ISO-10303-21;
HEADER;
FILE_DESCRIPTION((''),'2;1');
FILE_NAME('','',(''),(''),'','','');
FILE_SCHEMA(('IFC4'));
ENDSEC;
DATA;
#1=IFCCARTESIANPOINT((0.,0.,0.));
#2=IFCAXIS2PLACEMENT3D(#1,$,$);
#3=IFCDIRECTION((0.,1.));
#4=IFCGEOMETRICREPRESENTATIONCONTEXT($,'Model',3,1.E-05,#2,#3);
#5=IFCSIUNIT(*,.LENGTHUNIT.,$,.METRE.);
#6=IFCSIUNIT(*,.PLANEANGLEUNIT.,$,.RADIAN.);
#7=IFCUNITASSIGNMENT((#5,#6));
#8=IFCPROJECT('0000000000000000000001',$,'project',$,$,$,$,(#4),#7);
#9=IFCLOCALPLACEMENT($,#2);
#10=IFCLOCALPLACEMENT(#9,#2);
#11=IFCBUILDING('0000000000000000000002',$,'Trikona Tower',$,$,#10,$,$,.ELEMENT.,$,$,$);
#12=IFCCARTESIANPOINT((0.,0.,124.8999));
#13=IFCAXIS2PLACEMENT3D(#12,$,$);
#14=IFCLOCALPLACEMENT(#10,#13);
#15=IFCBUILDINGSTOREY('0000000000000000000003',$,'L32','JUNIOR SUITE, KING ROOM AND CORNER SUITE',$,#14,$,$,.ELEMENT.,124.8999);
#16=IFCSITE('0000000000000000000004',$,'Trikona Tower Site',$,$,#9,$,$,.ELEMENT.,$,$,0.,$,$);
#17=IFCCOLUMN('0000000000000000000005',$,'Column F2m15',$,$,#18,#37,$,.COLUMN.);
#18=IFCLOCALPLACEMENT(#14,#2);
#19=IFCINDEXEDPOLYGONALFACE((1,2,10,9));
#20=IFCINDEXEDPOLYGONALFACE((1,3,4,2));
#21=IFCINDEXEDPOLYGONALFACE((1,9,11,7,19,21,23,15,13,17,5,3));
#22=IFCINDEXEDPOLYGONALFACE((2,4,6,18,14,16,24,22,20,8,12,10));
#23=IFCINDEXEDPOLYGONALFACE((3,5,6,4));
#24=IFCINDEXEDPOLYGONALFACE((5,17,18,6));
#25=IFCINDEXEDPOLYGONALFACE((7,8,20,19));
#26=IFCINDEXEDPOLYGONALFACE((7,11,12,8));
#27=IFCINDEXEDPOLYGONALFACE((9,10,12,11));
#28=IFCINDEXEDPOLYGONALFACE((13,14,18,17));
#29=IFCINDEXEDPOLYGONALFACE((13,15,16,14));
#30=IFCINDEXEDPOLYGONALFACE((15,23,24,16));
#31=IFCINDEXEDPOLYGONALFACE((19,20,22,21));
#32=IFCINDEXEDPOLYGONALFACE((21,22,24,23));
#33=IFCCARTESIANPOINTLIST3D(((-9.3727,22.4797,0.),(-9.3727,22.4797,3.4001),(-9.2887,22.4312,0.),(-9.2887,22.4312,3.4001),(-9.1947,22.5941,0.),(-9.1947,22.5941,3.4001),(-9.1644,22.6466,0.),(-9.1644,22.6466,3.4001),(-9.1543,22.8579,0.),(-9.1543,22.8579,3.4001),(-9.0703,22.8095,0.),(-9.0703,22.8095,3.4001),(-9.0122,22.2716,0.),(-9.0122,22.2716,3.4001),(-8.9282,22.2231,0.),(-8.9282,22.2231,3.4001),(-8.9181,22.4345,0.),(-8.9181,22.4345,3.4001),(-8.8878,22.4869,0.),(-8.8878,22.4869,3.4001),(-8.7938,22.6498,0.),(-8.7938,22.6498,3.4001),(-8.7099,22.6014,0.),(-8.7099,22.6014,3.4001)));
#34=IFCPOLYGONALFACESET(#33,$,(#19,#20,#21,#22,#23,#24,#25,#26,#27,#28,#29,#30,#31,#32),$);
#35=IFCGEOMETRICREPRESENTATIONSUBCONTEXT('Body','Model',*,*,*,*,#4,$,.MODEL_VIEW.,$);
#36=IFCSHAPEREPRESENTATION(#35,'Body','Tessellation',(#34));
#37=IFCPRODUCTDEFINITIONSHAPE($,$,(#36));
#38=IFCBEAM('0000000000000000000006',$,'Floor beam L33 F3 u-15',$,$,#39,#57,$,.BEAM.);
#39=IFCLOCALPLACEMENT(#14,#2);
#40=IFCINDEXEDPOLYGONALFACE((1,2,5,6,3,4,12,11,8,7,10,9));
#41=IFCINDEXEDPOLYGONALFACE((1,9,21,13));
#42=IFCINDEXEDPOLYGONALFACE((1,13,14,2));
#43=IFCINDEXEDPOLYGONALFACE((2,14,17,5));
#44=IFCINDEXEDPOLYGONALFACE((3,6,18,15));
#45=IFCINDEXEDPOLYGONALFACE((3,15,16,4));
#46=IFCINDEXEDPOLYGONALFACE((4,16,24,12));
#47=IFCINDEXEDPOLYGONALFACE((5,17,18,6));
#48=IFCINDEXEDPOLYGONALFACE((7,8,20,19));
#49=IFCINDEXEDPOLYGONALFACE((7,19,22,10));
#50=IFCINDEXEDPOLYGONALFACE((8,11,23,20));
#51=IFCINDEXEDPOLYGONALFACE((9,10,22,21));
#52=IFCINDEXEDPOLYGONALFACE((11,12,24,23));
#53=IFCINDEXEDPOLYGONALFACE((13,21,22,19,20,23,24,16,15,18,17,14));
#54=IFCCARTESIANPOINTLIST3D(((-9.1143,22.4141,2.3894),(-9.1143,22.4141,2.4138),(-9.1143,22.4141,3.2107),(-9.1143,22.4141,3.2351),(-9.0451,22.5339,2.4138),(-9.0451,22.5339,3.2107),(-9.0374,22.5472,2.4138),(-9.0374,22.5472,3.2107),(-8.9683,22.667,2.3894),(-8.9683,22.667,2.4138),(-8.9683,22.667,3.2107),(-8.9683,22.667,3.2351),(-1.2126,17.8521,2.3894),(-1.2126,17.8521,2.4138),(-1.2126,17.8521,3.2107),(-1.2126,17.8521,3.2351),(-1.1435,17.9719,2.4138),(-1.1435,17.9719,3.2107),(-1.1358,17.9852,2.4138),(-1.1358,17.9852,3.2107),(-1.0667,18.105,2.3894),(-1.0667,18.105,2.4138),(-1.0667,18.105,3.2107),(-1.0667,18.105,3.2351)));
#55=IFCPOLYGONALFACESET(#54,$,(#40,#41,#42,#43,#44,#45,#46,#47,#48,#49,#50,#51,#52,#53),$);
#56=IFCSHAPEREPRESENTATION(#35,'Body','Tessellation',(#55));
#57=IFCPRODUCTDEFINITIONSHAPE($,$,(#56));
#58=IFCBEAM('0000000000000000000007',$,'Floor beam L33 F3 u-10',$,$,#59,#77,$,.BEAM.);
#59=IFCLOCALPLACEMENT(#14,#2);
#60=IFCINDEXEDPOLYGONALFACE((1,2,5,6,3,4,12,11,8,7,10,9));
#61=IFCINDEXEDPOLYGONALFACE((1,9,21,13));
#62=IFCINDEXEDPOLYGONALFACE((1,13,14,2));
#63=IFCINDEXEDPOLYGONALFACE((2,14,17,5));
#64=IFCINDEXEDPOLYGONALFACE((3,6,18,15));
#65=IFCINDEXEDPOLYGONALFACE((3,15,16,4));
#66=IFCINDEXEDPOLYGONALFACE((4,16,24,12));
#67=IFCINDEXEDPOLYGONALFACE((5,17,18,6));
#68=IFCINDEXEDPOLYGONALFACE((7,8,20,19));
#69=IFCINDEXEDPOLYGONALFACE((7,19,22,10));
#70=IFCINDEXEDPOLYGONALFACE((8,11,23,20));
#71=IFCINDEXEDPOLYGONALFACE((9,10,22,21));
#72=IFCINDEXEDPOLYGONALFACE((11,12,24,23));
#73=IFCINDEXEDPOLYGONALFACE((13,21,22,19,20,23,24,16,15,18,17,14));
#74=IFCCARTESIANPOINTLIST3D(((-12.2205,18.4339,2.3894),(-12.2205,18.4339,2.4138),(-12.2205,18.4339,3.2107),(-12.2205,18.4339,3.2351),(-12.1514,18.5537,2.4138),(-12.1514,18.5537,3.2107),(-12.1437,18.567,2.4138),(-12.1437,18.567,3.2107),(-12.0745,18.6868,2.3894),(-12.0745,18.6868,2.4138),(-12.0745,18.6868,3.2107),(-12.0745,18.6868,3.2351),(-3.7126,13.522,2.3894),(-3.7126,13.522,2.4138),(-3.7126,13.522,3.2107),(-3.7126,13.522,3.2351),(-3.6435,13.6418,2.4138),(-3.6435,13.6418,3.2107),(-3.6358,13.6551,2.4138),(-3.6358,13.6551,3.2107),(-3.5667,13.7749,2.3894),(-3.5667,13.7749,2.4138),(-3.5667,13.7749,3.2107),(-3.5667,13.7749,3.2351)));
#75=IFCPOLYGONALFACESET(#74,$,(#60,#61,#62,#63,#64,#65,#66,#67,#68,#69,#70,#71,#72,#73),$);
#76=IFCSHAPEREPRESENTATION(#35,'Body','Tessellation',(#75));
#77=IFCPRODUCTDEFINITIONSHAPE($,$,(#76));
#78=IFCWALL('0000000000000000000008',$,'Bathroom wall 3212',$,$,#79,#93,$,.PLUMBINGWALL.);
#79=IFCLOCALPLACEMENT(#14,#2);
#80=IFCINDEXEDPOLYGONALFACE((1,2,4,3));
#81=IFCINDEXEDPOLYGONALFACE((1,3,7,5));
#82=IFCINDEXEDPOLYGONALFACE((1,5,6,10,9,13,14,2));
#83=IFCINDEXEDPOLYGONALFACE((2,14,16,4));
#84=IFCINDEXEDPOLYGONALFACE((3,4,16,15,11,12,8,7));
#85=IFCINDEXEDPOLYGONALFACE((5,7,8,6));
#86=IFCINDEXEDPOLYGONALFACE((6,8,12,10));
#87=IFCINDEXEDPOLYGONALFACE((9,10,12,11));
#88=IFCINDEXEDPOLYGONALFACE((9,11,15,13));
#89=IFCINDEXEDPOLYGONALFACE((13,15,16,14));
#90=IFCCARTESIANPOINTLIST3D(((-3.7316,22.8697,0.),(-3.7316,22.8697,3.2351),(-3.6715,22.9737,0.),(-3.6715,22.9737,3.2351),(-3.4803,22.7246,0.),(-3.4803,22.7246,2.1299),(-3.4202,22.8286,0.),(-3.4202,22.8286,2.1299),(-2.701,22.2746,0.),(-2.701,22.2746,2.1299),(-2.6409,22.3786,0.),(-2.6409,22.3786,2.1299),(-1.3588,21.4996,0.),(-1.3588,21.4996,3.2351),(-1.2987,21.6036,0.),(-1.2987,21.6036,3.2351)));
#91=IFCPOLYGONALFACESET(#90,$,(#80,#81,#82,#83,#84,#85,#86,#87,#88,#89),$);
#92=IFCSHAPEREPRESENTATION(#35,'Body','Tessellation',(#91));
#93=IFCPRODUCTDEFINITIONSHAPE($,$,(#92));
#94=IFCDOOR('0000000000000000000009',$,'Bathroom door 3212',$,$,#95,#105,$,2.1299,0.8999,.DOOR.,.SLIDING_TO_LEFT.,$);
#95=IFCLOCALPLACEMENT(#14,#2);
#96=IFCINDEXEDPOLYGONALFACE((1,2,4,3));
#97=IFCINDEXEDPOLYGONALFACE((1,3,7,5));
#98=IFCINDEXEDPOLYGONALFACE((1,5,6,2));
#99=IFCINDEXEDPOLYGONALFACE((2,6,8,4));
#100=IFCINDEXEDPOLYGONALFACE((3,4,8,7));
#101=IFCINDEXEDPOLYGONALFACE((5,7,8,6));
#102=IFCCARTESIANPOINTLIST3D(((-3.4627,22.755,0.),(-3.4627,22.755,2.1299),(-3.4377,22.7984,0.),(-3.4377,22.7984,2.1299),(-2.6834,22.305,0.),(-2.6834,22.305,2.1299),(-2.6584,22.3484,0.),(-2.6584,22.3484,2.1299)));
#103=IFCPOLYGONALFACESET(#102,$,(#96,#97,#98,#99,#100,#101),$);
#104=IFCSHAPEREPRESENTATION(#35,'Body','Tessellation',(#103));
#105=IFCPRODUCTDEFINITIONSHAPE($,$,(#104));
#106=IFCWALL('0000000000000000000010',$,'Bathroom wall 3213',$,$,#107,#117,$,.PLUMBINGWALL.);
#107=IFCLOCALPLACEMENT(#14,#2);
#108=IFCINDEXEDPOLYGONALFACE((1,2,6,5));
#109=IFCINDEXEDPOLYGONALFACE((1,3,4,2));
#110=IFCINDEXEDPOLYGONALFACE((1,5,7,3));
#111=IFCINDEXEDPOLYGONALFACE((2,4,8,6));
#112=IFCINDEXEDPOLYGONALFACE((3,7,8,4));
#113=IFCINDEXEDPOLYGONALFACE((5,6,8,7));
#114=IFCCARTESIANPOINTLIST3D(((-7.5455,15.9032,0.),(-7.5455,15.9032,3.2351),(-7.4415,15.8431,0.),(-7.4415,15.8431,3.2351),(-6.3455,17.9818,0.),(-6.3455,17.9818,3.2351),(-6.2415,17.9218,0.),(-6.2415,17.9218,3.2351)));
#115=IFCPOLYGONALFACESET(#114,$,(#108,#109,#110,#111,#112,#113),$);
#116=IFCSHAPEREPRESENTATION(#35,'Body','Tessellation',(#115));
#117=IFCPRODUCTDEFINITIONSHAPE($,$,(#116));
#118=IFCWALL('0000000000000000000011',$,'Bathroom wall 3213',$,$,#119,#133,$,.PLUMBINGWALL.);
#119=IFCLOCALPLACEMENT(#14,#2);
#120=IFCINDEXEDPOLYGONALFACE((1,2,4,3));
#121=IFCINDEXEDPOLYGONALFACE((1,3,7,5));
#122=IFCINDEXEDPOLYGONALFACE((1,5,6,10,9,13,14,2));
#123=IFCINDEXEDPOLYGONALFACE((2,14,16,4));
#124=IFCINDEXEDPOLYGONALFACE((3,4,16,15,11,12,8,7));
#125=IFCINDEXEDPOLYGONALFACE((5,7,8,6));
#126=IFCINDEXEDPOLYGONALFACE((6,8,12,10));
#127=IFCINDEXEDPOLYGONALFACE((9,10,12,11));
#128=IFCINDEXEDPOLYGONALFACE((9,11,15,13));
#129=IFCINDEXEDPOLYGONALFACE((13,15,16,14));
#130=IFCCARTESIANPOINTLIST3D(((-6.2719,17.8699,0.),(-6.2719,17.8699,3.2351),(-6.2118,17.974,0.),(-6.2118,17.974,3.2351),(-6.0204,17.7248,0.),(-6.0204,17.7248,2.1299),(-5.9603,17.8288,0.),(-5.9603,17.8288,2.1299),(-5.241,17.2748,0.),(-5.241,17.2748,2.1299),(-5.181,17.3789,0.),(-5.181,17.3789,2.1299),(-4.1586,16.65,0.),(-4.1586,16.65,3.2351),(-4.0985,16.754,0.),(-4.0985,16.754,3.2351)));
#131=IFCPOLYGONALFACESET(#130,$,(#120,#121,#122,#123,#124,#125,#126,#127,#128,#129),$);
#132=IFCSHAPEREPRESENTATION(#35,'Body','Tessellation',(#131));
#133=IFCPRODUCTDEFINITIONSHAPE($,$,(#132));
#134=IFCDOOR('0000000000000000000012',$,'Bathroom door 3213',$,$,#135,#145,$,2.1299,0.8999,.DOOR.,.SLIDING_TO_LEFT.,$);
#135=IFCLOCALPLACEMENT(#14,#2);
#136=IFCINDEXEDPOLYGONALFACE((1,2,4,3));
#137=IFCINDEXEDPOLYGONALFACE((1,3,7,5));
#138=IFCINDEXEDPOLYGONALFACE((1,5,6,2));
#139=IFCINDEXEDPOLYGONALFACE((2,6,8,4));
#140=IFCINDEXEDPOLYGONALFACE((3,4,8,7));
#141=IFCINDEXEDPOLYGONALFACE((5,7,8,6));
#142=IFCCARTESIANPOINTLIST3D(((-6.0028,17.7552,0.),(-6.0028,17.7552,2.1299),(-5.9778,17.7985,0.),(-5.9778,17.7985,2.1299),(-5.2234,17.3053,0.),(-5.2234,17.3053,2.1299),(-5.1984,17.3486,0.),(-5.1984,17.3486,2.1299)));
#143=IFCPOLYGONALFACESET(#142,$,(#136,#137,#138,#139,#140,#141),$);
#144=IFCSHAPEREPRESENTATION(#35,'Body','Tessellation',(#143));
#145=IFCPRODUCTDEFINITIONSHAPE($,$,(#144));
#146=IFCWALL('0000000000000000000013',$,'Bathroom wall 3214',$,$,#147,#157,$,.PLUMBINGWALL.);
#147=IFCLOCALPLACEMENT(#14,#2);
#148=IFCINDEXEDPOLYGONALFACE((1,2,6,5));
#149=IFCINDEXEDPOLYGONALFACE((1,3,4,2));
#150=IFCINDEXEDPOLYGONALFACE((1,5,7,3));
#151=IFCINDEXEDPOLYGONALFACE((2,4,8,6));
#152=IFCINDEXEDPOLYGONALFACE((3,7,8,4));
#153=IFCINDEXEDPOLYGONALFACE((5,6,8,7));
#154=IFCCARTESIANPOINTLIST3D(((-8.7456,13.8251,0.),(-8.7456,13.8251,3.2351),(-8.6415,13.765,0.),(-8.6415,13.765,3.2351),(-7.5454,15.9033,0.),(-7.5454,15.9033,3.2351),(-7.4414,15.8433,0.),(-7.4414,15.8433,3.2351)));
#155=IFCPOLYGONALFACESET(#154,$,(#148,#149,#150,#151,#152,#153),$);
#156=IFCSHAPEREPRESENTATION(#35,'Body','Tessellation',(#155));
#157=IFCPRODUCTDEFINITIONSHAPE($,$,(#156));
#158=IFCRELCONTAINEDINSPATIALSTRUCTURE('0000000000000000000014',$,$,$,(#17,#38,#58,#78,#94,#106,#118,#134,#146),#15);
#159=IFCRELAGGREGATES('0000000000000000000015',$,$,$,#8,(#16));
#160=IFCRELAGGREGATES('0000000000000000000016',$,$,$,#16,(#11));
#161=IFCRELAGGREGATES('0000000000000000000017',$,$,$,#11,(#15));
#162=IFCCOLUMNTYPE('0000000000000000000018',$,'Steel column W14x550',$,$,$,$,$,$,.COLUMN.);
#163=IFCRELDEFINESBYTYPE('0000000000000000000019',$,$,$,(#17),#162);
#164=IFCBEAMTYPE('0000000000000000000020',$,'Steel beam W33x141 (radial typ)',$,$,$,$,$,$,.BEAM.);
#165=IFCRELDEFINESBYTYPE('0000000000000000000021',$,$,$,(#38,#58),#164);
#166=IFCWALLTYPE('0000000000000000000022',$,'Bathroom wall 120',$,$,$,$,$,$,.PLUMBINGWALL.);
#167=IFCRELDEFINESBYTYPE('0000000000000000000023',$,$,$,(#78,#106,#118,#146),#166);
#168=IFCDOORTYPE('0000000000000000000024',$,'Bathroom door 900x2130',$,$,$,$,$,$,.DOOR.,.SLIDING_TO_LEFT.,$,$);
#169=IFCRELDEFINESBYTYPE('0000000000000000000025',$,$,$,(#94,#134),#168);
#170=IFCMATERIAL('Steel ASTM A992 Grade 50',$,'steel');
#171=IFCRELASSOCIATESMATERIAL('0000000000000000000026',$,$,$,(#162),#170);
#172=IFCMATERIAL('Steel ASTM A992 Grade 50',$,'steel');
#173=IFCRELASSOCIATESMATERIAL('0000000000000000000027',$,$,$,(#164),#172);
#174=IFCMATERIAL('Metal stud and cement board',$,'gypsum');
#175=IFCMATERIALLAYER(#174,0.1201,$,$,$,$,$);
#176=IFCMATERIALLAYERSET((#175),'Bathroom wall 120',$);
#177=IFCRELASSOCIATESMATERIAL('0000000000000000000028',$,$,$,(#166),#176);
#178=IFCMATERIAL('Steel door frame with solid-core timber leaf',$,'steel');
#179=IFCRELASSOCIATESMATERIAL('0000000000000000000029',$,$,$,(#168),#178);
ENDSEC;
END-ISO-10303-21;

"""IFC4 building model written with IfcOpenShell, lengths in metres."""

from ifc_helpers import new_model, si_unit, direction, frame, frame_2d, origin, origin_2d, place, context, subcontext, project, spatial, rectangle, i_section, extrude, material, layer, layer_set, material_profile, profile_set, type_object, element, fill, save


model = new_model("IFC4")

# Units and contexts
model_context = context("Model", 3, precision=1e-05, world=origin(), true_north=direction((0.0, 1.0)))
body_context = subcontext(model_context, "Body", "Model", "MODEL_VIEW")
ifc_project = project(units=[si_unit("LENGTHUNIT", "METRE"), si_unit("PLANEANGLEUNIT", "RADIAN")], contexts=[model_context])

# Site, building, storey
site_placement = place(None, origin())
site = spatial("IfcSite", under=ifc_project, at=site_placement, Name="Trikona Tower Site", CompositionType="ELEMENT", RefElevation=0.0)
building_placement = place(site_placement, origin())
building = spatial("IfcBuilding", under=site, at=building_placement, Name="Trikona Tower", CompositionType="ELEMENT")
storey_placement = place(building_placement, frame((0.0, 0.0, 124.8999)))
storey = spatial("IfcBuildingStorey", under=building, at=storey_placement, Name="L32", Description="JUNIOR SUITE, KING ROOM AND CORNER SUITE", CompositionType="ELEMENT", Elevation=124.8999)

# Column
ifc_material_1 = material(Name="Steel ASTM A992 Grade 50", Category="steel")
ifc_material_profile_1 = material_profile(ifc_material_1, i_section(OverallWidth=0.4368, OverallDepth=0.5132, WebThickness=0.0605, FlangeThickness=0.0969, at=origin_2d()), Name="W14X550")
ifc_profile_set_1 = profile_set([ifc_material_profile_1], Name="Steel ASTM A992 Grade 50")
column_type = type_object("IfcColumnType", Name="Steel column W14x550", PredefinedType="COLUMN", material=ifc_profile_set_1)
column_placement = place(storey_placement, frame((-9.0413, 22.5405, 0.0), z_axis=(0.0, 0.0, 1.0), x_axis=(-0.5, -0.866025, 0.0)))
element("IfcColumn", 1, at=column_placement, inside=storey, type_object=column_type, Name="Column F2m15", PredefinedType="COLUMN", context=body_context, shape_type="SweptSolid", body=[
    extrude(i_section(OverallWidth=0.4368, OverallDepth=0.5132, WebThickness=0.0605, FlangeThickness=0.0969, at=origin_2d()), origin(), (0.0, 0.0, 1.0), 3.4001),
])

# Beams
ifc_material_2 = material(Name="Steel ASTM A992 Grade 50", Category="steel")
ifc_material_profile_2 = material_profile(ifc_material_2, i_section(OverallWidth=0.292, OverallDepth=0.8457, WebThickness=0.0154, FlangeThickness=0.0244, at=origin_2d()), Name="W33X141")
ifc_profile_set_2 = profile_set([ifc_material_profile_2], Name="Steel ASTM A992 Grade 50")
beam_type = type_object("IfcBeamType", Name="Steel beam W33x141 (radial typ)", PredefinedType="BEAM", material=ifc_profile_set_2)
beam_1_placement = place(storey_placement, frame((-1.1396, 17.9785, 2.8123), z_axis=(-0.866025, 0.500001, 0.0), x_axis=(-0.500001, -0.866025, 0.0)))
element("IfcBeam", 2, at=beam_1_placement, inside=storey, type_object=beam_type, Name="Floor beam L33 F3 u-15", PredefinedType="BEAM", context=body_context, shape_type="SweptSolid", body=[
    extrude(i_section(OverallWidth=0.292, OverallDepth=0.8457, WebThickness=0.0154, FlangeThickness=0.0244, at=origin_2d()), origin(), (0.0, 0.0, 1.0), 9.124),
])
beam_2_placement = place(storey_placement, frame((-3.6396, 13.6484, 2.8123), z_axis=(-0.866031, 0.499991, 0.0), x_axis=(-0.499991, -0.866031, 0.0)))
element("IfcBeam", 3, at=beam_2_placement, inside=storey, type_object=beam_type, Name="Floor beam L33 F3 u-10", PredefinedType="BEAM", context=body_context, shape_type="SweptSolid", body=[
    extrude(i_section(OverallWidth=0.292, OverallDepth=0.8457, WebThickness=0.0154, FlangeThickness=0.0244, at=origin_2d()), origin(), (0.0, 0.0, 1.0), 9.824),
])

# Wall, opening, door
ifc_material_3 = material(Name="Metal stud and cement board", Category="gypsum")
ifc_layer_1 = layer(ifc_material_3, 0.1201)
ifc_layer_set_1 = layer_set([ifc_layer_1], Name="Bathroom wall 120")
wall_type_1 = type_object("IfcWallType", Name="Bathroom wall 120", PredefinedType="PLUMBINGWALL", material=ifc_layer_set_1)
wall_1_placement = place(storey_placement, frame((-1.3286, 21.5515, 0.0), z_axis=(0.0, 0.0, 1.0), x_axis=(-0.865997, 0.500049, 0.0)))
wall_1 = element("IfcWall", 4, at=wall_1_placement, inside=storey, type_object=wall_type_1, Name="Bathroom wall 3212", PredefinedType="PLUMBINGWALL", context=body_context, shape_type="SweptSolid", body=[
    extrude(rectangle(XDim=2.74, YDim=0.1201, at=frame_2d((1.3701, 0.0))), origin(), (0.0, 0.0, 1.0), 3.2351),
])
opening_1_placement = place(wall_1_placement, frame((1.55, 0.0, 0.0)))
opening_1 = element("IfcOpeningElement", 5, at=opening_1_placement, cuts=wall_1, PredefinedType="OPENING", context=body_context, shape_type="SweptSolid", body=[
    extrude(rectangle(XDim=0.8999, YDim=2.1299, at=frame_2d((0.45, 1.0649))), frame((0.0, 0.0701, 0.0), z_axis=(0.0, -1.0, 0.0), x_axis=(1.0, 0.0, 0.0)), (0.0, 0.0, 1.0), 0.1401),
])
ifc_material_4 = material(Name="Steel door frame with solid-core timber leaf", Category="steel")
door_type_1 = type_object("IfcDoorType", Name="Bathroom door 900x2130", OperationType="SLIDING_TO_LEFT", PredefinedType="DOOR", material=ifc_material_4)
door_1_placement = place(opening_1_placement, origin())
door_1 = element("IfcDoor", 6, at=door_1_placement, inside=storey, type_object=door_type_1, Name="Bathroom door 3212", OperationType="SLIDING_TO_LEFT", OverallHeight=2.1299, OverallWidth=0.8999, PredefinedType="DOOR", context=body_context, shape_type="SweptSolid", body=[
    extrude(rectangle(XDim=0.8999, YDim=2.1299, at=frame_2d((0.45, 1.0649))), frame((0.0, 0.0249, 0.0), z_axis=(0.0, -1.0, 0.0), x_axis=(1.0, 0.0, 0.0)), (0.0, 0.0, 1.0), 0.05),
])
fill(opening_1, door_1)

# Wall
wall_2_placement = place(storey_placement, frame((-6.2935, 17.9519, 0.0), z_axis=(0.0, 0.0, 1.0), x_axis=(-0.499957, -0.86605, 0.0)))
element("IfcWall", 7, at=wall_2_placement, inside=storey, type_object=wall_type_1, Name="Bathroom wall 3213", PredefinedType="PLUMBINGWALL", context=body_context, shape_type="SweptSolid", body=[
    extrude(rectangle(XDim=2.4001, YDim=0.1201, at=frame_2d((1.2002, 0.0))), origin(), (0.0, 0.0, 1.0), 3.2351),
])

# Wall, opening, door
wall_3_placement = place(storey_placement, frame((-4.1284, 16.7019, 0.0), z_axis=(0.0, 0.0, 1.0), x_axis=(-0.866049, 0.499959, 0.0)))
wall_3 = element("IfcWall", 8, at=wall_3_placement, inside=storey, type_object=wall_type_1, Name="Bathroom wall 3213", PredefinedType="PLUMBINGWALL", context=body_context, shape_type="SweptSolid", body=[
    extrude(rectangle(XDim=2.4402, YDim=0.1201, at=frame_2d((1.2202, 0.0))), origin(), (0.0, 0.0, 1.0), 3.2351),
])
opening_2_placement = place(wall_3_placement, frame((1.25, 0.0, 0.0)))
opening_2 = element("IfcOpeningElement", 9, at=opening_2_placement, cuts=wall_3, PredefinedType="OPENING", context=body_context, shape_type="SweptSolid", body=[
    extrude(rectangle(XDim=0.8999, YDim=2.1299, at=frame_2d((0.45, 1.0649))), frame((0.0, 0.0701, 0.0), z_axis=(0.0, -1.0, 0.0), x_axis=(1.0, 0.0, 0.0)), (0.0, 0.0, 1.0), 0.1401),
])
door_2_placement = place(opening_2_placement, origin())
door_2 = element("IfcDoor", 10, at=door_2_placement, inside=storey, type_object=door_type_1, Name="Bathroom door 3213", OperationType="SLIDING_TO_LEFT", OverallHeight=2.1299, OverallWidth=0.8999, PredefinedType="DOOR", context=body_context, shape_type="SweptSolid", body=[
    extrude(rectangle(XDim=0.8999, YDim=2.1299, at=frame_2d((0.45, 1.0649))), frame((0.0, 0.0249, 0.0), z_axis=(0.0, -1.0, 0.0), x_axis=(1.0, 0.0, 0.0)), (0.0, 0.0, 1.0), 0.05),
])
fill(opening_2, door_2)

# Wall
wall_4_placement = place(storey_placement, frame((-7.4934, 15.8733, 0.0), z_axis=(0.0, 0.0, 1.0), x_axis=(-0.500078, -0.865981, 0.0)))
element("IfcWall", 11, at=wall_4_placement, inside=storey, type_object=wall_type_1, Name="Bathroom wall 3214", PredefinedType="PLUMBINGWALL", context=body_context, shape_type="SweptSolid", body=[
    extrude(rectangle(XDim=2.3999, YDim=0.1201, at=frame_2d((1.2, 0.0))), origin(), (0.0, 0.0, 1.0), 3.2351),
])

save(model, "model.ifc")
